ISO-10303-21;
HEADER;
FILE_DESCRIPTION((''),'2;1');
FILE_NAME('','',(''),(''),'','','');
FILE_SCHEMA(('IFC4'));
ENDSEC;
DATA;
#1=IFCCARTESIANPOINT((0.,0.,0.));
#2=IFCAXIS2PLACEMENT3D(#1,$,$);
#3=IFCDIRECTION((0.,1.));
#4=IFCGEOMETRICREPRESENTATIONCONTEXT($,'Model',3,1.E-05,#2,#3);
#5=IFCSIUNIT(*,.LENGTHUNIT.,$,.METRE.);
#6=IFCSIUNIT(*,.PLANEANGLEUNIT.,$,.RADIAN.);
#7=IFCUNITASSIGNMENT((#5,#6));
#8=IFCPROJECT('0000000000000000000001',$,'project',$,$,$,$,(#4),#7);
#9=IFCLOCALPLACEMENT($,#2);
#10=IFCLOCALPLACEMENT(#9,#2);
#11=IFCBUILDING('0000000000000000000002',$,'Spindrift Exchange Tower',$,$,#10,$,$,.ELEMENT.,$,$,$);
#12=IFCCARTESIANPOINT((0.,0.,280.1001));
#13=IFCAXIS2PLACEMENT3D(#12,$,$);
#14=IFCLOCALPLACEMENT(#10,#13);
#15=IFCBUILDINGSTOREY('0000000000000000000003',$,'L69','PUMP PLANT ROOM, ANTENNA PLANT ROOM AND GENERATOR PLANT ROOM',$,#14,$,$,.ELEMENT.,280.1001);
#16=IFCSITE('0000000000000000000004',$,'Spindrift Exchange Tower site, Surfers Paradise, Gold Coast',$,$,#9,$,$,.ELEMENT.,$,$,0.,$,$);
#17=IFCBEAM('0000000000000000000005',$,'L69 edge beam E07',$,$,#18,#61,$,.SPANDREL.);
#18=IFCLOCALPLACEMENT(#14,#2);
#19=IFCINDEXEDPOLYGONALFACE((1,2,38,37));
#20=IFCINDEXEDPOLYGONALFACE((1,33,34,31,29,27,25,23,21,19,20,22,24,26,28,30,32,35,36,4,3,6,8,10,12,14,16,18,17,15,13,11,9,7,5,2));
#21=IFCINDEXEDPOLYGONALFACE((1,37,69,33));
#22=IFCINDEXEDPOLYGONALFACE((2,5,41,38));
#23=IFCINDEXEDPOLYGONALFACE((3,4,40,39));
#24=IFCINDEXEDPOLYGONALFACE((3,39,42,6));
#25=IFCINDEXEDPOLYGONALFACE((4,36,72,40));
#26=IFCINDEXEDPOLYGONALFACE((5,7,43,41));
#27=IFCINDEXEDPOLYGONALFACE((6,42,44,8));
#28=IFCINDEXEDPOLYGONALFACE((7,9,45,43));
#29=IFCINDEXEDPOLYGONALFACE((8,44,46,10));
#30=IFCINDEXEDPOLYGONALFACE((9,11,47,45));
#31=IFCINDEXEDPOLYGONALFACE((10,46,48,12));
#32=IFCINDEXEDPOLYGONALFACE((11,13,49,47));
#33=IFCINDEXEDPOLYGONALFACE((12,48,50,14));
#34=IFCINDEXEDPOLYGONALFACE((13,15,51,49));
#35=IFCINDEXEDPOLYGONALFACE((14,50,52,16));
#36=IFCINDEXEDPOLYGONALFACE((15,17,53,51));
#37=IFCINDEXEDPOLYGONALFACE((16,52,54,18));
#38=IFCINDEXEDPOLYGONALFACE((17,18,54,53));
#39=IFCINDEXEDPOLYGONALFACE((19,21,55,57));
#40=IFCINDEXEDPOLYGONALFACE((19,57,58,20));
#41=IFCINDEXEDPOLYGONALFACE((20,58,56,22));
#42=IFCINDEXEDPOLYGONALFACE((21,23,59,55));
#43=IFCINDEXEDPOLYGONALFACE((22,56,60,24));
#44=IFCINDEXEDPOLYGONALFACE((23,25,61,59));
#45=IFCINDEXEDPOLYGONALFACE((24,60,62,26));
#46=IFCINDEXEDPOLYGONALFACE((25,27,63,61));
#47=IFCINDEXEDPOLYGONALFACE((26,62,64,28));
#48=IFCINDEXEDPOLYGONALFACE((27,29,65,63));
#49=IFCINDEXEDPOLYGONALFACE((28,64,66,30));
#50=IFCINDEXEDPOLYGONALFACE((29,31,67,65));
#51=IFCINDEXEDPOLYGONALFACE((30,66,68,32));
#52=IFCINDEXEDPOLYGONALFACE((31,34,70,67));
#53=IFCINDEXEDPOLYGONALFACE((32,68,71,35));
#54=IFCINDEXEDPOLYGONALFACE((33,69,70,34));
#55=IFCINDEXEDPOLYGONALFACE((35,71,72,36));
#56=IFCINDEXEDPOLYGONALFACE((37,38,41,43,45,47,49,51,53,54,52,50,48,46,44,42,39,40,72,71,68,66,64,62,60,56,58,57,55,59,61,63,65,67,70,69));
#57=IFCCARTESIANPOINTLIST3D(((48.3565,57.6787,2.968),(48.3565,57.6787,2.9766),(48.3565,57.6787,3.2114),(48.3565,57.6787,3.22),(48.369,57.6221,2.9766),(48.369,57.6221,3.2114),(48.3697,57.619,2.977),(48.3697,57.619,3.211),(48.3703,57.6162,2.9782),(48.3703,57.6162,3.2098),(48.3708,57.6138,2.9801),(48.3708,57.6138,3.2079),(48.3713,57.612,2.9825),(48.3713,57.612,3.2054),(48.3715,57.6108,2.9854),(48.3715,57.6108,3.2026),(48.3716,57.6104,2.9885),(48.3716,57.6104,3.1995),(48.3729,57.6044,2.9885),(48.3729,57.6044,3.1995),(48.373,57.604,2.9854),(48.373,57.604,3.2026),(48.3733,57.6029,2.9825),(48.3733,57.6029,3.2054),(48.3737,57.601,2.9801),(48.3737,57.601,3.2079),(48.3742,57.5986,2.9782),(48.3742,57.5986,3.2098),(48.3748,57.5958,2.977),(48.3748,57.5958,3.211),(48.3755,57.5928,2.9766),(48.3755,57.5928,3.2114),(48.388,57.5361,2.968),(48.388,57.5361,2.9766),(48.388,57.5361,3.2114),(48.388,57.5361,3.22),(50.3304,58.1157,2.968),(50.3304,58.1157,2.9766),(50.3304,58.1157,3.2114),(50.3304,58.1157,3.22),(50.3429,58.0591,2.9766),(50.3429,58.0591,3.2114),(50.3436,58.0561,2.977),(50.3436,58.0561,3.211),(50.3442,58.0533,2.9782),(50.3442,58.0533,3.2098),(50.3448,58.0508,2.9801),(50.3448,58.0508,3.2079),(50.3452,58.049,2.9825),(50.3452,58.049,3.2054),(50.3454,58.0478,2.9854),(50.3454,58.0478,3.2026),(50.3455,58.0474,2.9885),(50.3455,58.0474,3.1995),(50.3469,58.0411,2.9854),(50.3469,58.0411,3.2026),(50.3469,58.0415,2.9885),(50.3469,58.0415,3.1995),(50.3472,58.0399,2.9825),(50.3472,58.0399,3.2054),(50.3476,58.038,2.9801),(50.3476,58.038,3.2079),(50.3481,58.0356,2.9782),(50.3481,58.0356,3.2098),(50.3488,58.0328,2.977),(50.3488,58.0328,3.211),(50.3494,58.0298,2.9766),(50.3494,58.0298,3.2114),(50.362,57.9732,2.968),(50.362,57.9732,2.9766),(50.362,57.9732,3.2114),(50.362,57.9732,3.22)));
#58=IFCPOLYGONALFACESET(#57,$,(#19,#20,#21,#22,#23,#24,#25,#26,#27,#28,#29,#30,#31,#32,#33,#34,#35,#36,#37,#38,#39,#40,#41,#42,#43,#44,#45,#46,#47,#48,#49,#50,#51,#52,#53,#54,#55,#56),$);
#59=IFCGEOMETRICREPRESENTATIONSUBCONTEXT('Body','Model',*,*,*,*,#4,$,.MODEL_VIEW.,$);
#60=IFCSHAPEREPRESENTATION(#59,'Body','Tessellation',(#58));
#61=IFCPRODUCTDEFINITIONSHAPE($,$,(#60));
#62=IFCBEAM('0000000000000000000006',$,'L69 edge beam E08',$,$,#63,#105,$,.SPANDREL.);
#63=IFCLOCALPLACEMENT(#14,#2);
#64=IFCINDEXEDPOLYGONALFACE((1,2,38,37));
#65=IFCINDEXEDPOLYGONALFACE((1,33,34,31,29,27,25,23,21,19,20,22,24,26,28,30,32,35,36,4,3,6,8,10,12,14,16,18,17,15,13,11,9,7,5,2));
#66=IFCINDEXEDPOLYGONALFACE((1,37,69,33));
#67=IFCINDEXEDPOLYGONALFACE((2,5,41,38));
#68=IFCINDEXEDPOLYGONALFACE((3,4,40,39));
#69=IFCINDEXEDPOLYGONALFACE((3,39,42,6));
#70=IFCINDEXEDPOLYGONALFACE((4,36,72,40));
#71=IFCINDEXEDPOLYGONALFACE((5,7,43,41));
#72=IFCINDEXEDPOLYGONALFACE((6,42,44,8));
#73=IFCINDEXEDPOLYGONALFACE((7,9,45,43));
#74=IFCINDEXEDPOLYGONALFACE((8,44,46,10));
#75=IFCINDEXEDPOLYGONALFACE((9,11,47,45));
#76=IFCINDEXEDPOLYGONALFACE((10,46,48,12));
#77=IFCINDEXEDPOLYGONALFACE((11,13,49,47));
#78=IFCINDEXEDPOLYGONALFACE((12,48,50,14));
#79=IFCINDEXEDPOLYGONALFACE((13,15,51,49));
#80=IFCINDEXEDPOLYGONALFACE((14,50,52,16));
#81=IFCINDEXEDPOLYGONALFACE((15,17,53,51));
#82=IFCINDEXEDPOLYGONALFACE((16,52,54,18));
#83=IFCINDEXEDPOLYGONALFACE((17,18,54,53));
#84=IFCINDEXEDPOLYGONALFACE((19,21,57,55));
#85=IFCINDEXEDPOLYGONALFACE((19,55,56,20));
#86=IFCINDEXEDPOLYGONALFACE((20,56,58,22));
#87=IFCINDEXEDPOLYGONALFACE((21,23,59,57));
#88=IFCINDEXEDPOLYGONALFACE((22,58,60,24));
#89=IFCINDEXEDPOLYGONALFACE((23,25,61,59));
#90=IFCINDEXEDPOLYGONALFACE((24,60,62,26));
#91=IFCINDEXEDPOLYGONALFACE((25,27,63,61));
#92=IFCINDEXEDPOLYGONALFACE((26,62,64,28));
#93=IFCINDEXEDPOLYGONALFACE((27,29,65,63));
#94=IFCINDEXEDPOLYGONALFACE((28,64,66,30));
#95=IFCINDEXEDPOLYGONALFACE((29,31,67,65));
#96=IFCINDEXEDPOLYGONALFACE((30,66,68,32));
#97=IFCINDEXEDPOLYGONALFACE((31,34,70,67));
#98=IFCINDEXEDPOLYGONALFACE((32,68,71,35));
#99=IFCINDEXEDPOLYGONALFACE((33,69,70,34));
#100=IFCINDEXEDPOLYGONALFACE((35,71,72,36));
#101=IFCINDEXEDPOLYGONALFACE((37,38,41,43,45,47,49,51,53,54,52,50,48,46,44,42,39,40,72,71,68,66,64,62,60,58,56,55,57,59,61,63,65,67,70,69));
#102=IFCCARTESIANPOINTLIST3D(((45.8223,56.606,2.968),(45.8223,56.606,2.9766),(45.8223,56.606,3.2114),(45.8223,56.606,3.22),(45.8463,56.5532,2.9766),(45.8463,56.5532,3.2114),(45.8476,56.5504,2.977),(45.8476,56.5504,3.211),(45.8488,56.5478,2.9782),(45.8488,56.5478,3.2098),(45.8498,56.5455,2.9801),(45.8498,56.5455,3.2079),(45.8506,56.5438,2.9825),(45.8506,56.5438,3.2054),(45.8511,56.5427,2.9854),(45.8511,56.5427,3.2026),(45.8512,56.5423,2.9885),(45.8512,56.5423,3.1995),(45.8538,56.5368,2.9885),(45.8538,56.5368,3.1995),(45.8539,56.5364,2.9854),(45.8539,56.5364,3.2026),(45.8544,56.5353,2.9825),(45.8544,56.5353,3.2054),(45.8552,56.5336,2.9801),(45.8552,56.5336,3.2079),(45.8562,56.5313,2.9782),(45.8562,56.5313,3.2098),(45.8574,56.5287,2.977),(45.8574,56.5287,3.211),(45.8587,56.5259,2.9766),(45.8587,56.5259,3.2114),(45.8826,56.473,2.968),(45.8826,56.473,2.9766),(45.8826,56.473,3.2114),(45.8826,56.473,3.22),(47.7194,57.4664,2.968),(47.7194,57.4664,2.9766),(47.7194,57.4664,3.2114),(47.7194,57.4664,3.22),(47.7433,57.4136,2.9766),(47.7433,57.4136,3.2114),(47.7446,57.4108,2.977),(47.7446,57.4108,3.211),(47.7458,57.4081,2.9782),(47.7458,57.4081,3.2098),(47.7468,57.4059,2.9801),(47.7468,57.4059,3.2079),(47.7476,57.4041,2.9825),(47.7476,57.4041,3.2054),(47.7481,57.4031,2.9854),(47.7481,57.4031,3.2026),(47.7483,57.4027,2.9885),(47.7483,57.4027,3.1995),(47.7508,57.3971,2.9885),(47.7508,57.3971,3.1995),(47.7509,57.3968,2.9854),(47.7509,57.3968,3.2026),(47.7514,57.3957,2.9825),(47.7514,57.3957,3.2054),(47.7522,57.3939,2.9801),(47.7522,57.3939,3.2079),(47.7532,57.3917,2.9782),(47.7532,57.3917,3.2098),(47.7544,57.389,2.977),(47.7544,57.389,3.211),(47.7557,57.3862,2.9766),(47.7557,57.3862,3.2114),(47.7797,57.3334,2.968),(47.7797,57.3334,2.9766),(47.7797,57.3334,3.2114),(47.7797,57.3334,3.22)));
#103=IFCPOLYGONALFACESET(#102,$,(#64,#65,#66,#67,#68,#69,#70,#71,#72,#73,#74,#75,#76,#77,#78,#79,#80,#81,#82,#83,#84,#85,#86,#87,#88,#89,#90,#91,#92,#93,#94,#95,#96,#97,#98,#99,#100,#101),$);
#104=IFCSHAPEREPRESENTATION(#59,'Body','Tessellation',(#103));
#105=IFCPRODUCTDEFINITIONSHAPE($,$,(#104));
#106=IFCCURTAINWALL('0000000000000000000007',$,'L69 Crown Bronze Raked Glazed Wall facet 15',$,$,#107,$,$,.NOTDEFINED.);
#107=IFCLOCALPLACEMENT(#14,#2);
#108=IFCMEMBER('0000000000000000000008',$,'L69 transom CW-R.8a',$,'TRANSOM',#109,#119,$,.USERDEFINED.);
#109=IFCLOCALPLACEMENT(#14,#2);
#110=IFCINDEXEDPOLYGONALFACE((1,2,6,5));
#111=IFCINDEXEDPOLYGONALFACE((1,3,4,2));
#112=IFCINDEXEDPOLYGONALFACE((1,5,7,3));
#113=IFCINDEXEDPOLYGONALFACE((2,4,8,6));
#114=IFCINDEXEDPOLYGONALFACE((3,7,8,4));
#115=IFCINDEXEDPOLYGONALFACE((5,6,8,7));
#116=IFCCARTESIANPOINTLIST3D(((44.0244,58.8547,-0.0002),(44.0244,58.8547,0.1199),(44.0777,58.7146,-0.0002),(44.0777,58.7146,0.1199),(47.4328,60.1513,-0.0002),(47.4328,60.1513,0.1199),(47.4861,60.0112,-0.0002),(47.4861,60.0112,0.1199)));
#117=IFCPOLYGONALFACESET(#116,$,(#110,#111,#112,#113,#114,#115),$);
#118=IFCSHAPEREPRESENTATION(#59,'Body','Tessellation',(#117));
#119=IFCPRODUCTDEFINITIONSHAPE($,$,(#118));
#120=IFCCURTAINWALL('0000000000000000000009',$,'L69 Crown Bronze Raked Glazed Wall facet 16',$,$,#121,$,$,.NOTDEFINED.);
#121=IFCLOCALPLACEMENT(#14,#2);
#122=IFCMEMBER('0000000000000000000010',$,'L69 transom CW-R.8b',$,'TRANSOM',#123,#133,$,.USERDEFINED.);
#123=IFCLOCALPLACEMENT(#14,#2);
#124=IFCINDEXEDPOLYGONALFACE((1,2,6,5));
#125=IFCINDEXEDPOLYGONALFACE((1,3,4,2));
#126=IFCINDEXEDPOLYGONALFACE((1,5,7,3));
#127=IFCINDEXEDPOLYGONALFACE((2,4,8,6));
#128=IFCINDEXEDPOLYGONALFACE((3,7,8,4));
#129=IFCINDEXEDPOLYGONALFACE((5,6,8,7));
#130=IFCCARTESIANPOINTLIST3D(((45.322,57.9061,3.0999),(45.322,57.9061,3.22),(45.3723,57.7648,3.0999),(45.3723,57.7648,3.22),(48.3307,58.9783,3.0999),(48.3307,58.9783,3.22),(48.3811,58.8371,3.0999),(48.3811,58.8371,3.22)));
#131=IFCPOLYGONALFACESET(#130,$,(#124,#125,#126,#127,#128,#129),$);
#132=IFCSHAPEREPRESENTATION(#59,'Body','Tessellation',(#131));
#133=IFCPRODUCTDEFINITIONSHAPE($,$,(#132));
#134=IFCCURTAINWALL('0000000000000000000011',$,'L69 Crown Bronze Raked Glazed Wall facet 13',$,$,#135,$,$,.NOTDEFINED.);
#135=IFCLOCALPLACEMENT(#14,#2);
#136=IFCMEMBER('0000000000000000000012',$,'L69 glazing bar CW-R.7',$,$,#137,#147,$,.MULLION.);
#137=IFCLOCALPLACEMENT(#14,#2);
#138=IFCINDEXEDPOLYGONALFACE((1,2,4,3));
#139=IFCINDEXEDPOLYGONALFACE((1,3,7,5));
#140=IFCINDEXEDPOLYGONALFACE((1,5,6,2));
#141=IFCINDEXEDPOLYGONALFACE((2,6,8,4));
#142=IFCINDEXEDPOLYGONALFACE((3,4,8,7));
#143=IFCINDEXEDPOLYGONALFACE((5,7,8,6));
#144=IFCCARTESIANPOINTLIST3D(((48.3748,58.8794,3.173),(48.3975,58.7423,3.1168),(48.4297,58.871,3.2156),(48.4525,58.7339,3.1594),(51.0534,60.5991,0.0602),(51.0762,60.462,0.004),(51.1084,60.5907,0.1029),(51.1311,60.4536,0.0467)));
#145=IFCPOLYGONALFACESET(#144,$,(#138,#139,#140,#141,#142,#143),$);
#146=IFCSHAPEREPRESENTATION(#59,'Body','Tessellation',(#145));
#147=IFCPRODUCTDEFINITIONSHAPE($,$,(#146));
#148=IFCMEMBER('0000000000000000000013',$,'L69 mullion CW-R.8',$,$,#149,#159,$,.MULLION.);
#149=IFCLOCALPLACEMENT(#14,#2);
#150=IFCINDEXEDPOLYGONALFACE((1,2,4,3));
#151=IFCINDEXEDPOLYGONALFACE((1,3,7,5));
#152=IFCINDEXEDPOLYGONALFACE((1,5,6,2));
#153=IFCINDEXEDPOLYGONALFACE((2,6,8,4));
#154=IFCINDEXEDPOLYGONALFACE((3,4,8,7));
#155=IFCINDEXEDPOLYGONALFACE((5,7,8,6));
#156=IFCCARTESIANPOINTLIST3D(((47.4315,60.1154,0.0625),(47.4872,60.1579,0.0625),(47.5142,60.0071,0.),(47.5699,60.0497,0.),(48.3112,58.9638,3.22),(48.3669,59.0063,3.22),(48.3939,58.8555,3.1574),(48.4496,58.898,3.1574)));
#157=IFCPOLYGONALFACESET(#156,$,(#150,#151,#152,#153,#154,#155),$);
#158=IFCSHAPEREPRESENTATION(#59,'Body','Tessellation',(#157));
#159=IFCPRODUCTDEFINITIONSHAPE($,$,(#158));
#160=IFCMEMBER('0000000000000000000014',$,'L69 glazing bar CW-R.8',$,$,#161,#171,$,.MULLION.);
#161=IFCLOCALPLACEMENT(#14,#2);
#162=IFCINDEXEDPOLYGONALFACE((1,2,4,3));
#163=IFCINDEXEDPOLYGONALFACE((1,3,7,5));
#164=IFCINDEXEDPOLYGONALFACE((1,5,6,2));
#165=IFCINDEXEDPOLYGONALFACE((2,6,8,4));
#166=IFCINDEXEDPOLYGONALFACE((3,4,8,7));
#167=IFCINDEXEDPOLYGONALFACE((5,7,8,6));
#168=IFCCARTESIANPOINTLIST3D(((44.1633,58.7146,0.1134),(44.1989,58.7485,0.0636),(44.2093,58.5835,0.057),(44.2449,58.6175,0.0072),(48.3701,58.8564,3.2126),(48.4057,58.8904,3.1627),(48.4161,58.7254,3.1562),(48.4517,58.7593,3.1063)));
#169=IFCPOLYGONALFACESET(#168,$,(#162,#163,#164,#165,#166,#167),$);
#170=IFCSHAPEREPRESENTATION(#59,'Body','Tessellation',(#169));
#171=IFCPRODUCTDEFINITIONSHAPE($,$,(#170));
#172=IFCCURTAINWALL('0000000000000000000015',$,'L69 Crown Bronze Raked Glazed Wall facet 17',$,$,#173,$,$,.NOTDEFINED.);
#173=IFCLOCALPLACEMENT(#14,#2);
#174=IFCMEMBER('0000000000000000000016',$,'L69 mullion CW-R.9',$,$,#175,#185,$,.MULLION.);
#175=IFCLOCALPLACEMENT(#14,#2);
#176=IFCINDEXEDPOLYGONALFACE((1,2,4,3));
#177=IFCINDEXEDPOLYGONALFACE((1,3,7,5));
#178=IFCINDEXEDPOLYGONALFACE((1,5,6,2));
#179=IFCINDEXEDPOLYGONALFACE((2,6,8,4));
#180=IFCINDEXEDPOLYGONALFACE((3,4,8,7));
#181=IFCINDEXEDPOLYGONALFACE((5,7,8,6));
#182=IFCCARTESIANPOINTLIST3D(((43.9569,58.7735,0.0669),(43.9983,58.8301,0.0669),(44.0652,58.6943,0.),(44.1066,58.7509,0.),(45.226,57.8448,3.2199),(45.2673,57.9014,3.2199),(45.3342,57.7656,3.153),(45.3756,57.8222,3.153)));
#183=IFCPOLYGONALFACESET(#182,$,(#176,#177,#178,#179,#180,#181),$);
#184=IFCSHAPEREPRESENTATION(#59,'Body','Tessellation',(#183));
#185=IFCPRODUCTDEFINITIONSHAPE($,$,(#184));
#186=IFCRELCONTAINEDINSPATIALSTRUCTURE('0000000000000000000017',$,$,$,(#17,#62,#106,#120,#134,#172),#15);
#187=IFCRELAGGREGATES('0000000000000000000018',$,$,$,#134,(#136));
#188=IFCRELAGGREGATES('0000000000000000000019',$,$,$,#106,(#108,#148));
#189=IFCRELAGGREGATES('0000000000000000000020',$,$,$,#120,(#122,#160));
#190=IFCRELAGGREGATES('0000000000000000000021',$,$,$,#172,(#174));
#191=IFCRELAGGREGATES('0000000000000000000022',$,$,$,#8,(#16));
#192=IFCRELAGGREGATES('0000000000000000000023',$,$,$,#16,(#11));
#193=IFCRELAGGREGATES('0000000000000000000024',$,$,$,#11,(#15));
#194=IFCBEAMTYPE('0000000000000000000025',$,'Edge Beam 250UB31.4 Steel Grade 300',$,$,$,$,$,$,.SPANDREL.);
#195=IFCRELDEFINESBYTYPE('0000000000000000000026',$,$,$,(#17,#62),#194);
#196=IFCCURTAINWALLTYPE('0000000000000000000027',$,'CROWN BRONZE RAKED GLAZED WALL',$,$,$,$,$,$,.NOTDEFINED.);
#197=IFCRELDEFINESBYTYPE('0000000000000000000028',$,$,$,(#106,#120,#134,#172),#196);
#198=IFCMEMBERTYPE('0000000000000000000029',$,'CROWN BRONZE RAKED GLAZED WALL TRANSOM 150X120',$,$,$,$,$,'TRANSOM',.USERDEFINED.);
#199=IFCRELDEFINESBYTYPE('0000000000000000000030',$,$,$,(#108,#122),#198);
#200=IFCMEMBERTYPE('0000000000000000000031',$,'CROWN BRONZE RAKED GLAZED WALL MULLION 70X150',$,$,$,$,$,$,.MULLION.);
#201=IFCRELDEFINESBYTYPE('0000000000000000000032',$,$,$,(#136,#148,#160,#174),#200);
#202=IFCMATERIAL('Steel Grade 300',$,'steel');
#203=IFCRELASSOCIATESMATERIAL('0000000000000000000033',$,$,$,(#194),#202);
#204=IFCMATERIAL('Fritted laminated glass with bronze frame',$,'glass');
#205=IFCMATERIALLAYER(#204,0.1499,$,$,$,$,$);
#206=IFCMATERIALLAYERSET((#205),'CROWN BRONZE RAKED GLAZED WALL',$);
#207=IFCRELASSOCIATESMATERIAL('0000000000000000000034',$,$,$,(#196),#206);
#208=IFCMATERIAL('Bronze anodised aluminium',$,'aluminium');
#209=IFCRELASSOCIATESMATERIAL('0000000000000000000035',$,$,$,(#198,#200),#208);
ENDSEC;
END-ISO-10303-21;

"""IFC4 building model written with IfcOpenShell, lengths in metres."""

from ifc_helpers import new_model, si_unit, direction, frame, origin, origin_2d, place, context, subcontext, project, spatial, rectangle, i_section, extrude, source, transform, mapped, material, layer, layer_set, material_profile, profile_set, type_object, element, aggregate, save


model = new_model("IFC4")

# Units and contexts
model_context = context("Model", 3, precision=1e-05, world=origin(), true_north=direction((0.0, 1.0)))
body_context = subcontext(model_context, "Body", "Model", "MODEL_VIEW")
ifc_project = project(units=[si_unit("LENGTHUNIT", "METRE"), si_unit("PLANEANGLEUNIT", "RADIAN")], contexts=[model_context])

# Site, building, storey
site_placement = place(None, origin())
site = spatial("IfcSite", under=ifc_project, at=site_placement, Name="Spindrift Exchange Tower site, Surfers Paradise, Gold Coast", CompositionType="ELEMENT", RefElevation=0.0)
building_placement = place(site_placement, origin())
building = spatial("IfcBuilding", under=site, at=building_placement, Name="Spindrift Exchange Tower", CompositionType="ELEMENT")
storey_placement = place(building_placement, frame((0.0, 0.0, 280.1001)))
storey = spatial("IfcBuildingStorey", under=building, at=storey_placement, Name="L69", Description="PUMP PLANT ROOM, ANTENNA PLANT ROOM AND GENERATOR PLANT ROOM", CompositionType="ELEMENT", Elevation=280.1001)

# Beams
ifc_material_1 = material(Name="Steel Grade 300", Category="steel")
ifc_material_profile_1 = material_profile(ifc_material_1, i_section(OverallWidth=0.146, OverallDepth=0.252, WebThickness=0.0061, FlangeThickness=0.0085, FilletRadius=0.012, at=origin_2d()), Name="250UB31.4")
ifc_profile_set_1 = profile_set([ifc_material_profile_1], Name="Steel Grade 300")
beam_type_1 = type_object("IfcBeamType", Name="Edge Beam 250UB31.4 Steel Grade 300", PredefinedType="SPANDREL", material=ifc_profile_set_1)
shared_shape_1 = source(origin(), body_context, "Body", "SweptSolid", [
    extrude(i_section(OverallWidth=0.146, OverallDepth=0.252, WebThickness=0.0061, FlangeThickness=0.0085, FilletRadius=0.012, at=origin_2d()), origin(), (0.0, 0.0, 1.0), 2.0217),
])
beam_1_placement = place(storey_placement, frame((50.3462, 58.0444, 3.094), z_axis=(-0.976357, -0.216163, 0.0), x_axis=(0.216163, -0.976357, 0.0)))
element("IfcBeam", 1, at=beam_1_placement, inside=storey, type_object=beam_type_1, Name="L69 edge beam E07", PredefinedType="SPANDREL", context=body_context, shape_type="MappedRepresentation", body=[
    mapped(shared_shape_1, transform((0.0, 0.0, 0.0), scale=1.0)),
])
shared_shape_2 = source(origin(), body_context, "Body", "SweptSolid", [
    extrude(i_section(OverallWidth=0.146, OverallDepth=0.252, WebThickness=0.0061, FlangeThickness=0.0085, FilletRadius=0.012, at=origin_2d()), origin(), (0.0, 0.0, 1.0), 2.083),
])
beam_2_placement = place(storey_placement, frame((47.7495, 57.3999, 3.094), z_axis=(-0.910711, -0.413043, 0.0), x_axis=(0.413043, -0.910711, 0.0)))
element("IfcBeam", 2, at=beam_2_placement, inside=storey, type_object=beam_type_1, Name="L69 edge beam E08", PredefinedType="SPANDREL", context=body_context, shape_type="MappedRepresentation", body=[
    mapped(shared_shape_2, transform((0.0, 0.0, 0.0), scale=1.0)),
])

# Curtain walls, members
ifc_material_2 = material(Name="Fritted laminated glass with bronze frame", Category="glass")
ifc_layer_1 = layer(ifc_material_2, 0.1499)
ifc_layer_set_1 = layer_set([ifc_layer_1], Name="CROWN BRONZE RAKED GLAZED WALL")
curtain_wall_type = type_object("IfcCurtainWallType", Name="CROWN BRONZE RAKED GLAZED WALL", PredefinedType="NOTDEFINED", material=ifc_layer_set_1)
curtain_wall_1_placement = place(storey_placement, origin())
curtain_wall_1 = element("IfcCurtainWall", 3, at=curtain_wall_1_placement, inside=storey, type_object=curtain_wall_type, Name="L69 Crown Bronze Raked Glazed Wall facet 15", PredefinedType="NOTDEFINED")
ifc_material_3 = material(Name="Bronze anodised aluminium", Category="aluminium")
ifc_material_profile_2 = material_profile(ifc_material_3, rectangle(XDim=0.1499, YDim=0.1201, at=origin_2d()), Name="CROWN BRONZE RAKED GLAZED WALL TRANSOM 150X120")
ifc_profile_set_2 = profile_set([ifc_material_profile_2], Name="Bronze anodised aluminium")
member_type_1 = type_object("IfcMemberType", Name="CROWN BRONZE RAKED GLAZED WALL TRANSOM 150X120", ElementType="TRANSOM", PredefinedType="USERDEFINED", material=ifc_profile_set_2)
shared_shape_3 = source(origin(), body_context, "Body", "SweptSolid", [
    extrude(rectangle(XDim=0.1499, YDim=0.1201, at=origin_2d()), origin(), (0.0, 0.0, 1.0), 3.6467),
])
member_1_placement = place(storey_placement, frame((44.051, 58.7847, 0.0598), z_axis=(0.934654, 0.355558, 0.0), x_axis=(-0.355558, 0.934654, 0.0)))
member_1 = element("IfcMember", 4, at=member_1_placement, type_object=member_type_1, Name="L69 transom CW-R.8a", ObjectType="TRANSOM", PredefinedType="USERDEFINED", context=body_context, shape_type="MappedRepresentation", body=[
    mapped(shared_shape_3, transform((0.0, 0.0, 0.0), scale=1.0)),
])
curtain_wall_2_placement = place(storey_placement, origin())
curtain_wall_2 = element("IfcCurtainWall", 5, at=curtain_wall_2_placement, inside=storey, type_object=curtain_wall_type, Name="L69 Crown Bronze Raked Glazed Wall facet 16", PredefinedType="NOTDEFINED")
shared_shape_4 = source(origin(), body_context, "Body", "SweptSolid", [
    extrude(rectangle(XDim=0.1499, YDim=0.1201, at=origin_2d()), origin(), (0.0, 0.0, 1.0), 3.1941),
])
member_2_placement = place(storey_placement, frame((45.3472, 57.8354, 3.1599), z_axis=(0.94197, 0.335697, 0.0), x_axis=(-0.335697, 0.94197, 0.0)))
member_2 = element("IfcMember", 6, at=member_2_placement, type_object=member_type_1, Name="L69 transom CW-R.8b", ObjectType="TRANSOM", PredefinedType="USERDEFINED", context=body_context, shape_type="MappedRepresentation", body=[
    mapped(shared_shape_4, transform((0.0, 0.0, 0.0), scale=1.0)),
])
curtain_wall_3_placement = place(storey_placement, origin())
curtain_wall_3 = element("IfcCurtainWall", 7, at=curtain_wall_3_placement, inside=storey, type_object=curtain_wall_type, Name="L69 Crown Bronze Raked Glazed Wall facet 13", PredefinedType="NOTDEFINED")
ifc_material_profile_3 = material_profile(ifc_material_3, rectangle(XDim=0.0701, YDim=0.1499, at=origin_2d()), Name="CROWN BRONZE RAKED GLAZED WALL MULLION 70X150")
ifc_profile_set_3 = profile_set([ifc_material_profile_3], Name="Bronze anodised aluminium")
member_type_2 = type_object("IfcMemberType", Name="CROWN BRONZE RAKED GLAZED WALL MULLION 70X150", PredefinedType="MULLION", material=ifc_profile_set_3)
shared_shape_5 = source(origin(), body_context, "Body", "SweptSolid", [
    extrude(rectangle(XDim=0.0701, YDim=0.1499, at=origin_2d()), origin(), (0.0, 0.0, 1.0), 4.4521),
])
member_3_placement = place(storey_placement, frame((51.0923, 60.5264, 0.0535), z_axis=(-0.601655, -0.386261, 0.699152), x_axis=(0.784225, -0.119454, 0.608869)))
member_3 = element("IfcMember", 8, at=member_3_placement, type_object=member_type_2, Name="L69 glazing bar CW-R.7", PredefinedType="MULLION", context=body_context, shape_type="MappedRepresentation", body=[
    mapped(shared_shape_5, transform((0.0, 0.0, 0.0), scale=1.0)),
])
aggregate(curtain_wall_3, [member_3])

# Members
shared_shape_6 = source(origin(), body_context, "Body", "SweptSolid", [
    extrude(rectangle(XDim=0.0701, YDim=0.1499, at=origin_2d()), origin(), (0.0, 0.0, 1.0), 3.4741),
])
member_4_placement = place(storey_placement, frame((47.5007, 60.0825, 0.0312), z_axis=(0.253197, -0.331482, 0.908852), x_axis=(0.794692, 0.607012, 0.0)))
member_4 = element("IfcMember", 9, at=member_4_placement, type_object=member_type_2, Name="L69 mullion CW-R.8", PredefinedType="MULLION", context=body_context, shape_type="MappedRepresentation", body=[
    mapped(shared_shape_6, transform((0.0, 0.0, 0.0), scale=1.0)),
])
aggregate(curtain_wall_1, [member_1, member_4])
shared_shape_7 = source(origin(), body_context, "Body", "SweptSolid", [
    extrude(rectangle(XDim=0.0701, YDim=0.1499, at=origin_2d()), origin(), (0.0, 0.0, 1.0), 5.2271),
])
member_5_placement = place(storey_placement, frame((44.2041, 58.666, 0.0603), z_axis=(0.804816, 0.027137, 0.592904), x_axis=(0.508146, 0.484683, -0.711948)))
member_5 = element("IfcMember", 10, at=member_5_placement, type_object=member_type_2, Name="L69 glazing bar CW-R.8", PredefinedType="MULLION", context=body_context, shape_type="MappedRepresentation", body=[
    mapped(shared_shape_7, transform((0.0, 0.0, 0.0), scale=1.0)),
])
aggregate(curtain_wall_2, [member_2, member_5])

# Curtain wall, member
curtain_wall_4_placement = place(storey_placement, origin())
curtain_wall_4 = element("IfcCurtainWall", 11, at=curtain_wall_4_placement, inside=storey, type_object=curtain_wall_type, Name="L69 Crown Bronze Raked Glazed Wall facet 17", PredefinedType="NOTDEFINED")
shared_shape_8 = source(origin(), body_context, "Body", "SweptSolid", [
    extrude(rectangle(XDim=0.0701, YDim=0.1499, at=origin_2d()), origin(), (0.0, 0.0, 1.0), 3.5234),
])
member_6_placement = place(storey_placement, frame((44.0317, 58.7622, 0.0334), z_axis=(0.360168, -0.263578, 0.894877), x_axis=(0.590569, 0.806987, 0.0)))
member_6 = element("IfcMember", 12, at=member_6_placement, type_object=member_type_2, Name="L69 mullion CW-R.9", PredefinedType="MULLION", context=body_context, shape_type="MappedRepresentation", body=[
    mapped(shared_shape_8, transform((0.0, 0.0, 0.0), scale=1.0)),
])
aggregate(curtain_wall_4, [member_6])

save(model, "model.ifc")
